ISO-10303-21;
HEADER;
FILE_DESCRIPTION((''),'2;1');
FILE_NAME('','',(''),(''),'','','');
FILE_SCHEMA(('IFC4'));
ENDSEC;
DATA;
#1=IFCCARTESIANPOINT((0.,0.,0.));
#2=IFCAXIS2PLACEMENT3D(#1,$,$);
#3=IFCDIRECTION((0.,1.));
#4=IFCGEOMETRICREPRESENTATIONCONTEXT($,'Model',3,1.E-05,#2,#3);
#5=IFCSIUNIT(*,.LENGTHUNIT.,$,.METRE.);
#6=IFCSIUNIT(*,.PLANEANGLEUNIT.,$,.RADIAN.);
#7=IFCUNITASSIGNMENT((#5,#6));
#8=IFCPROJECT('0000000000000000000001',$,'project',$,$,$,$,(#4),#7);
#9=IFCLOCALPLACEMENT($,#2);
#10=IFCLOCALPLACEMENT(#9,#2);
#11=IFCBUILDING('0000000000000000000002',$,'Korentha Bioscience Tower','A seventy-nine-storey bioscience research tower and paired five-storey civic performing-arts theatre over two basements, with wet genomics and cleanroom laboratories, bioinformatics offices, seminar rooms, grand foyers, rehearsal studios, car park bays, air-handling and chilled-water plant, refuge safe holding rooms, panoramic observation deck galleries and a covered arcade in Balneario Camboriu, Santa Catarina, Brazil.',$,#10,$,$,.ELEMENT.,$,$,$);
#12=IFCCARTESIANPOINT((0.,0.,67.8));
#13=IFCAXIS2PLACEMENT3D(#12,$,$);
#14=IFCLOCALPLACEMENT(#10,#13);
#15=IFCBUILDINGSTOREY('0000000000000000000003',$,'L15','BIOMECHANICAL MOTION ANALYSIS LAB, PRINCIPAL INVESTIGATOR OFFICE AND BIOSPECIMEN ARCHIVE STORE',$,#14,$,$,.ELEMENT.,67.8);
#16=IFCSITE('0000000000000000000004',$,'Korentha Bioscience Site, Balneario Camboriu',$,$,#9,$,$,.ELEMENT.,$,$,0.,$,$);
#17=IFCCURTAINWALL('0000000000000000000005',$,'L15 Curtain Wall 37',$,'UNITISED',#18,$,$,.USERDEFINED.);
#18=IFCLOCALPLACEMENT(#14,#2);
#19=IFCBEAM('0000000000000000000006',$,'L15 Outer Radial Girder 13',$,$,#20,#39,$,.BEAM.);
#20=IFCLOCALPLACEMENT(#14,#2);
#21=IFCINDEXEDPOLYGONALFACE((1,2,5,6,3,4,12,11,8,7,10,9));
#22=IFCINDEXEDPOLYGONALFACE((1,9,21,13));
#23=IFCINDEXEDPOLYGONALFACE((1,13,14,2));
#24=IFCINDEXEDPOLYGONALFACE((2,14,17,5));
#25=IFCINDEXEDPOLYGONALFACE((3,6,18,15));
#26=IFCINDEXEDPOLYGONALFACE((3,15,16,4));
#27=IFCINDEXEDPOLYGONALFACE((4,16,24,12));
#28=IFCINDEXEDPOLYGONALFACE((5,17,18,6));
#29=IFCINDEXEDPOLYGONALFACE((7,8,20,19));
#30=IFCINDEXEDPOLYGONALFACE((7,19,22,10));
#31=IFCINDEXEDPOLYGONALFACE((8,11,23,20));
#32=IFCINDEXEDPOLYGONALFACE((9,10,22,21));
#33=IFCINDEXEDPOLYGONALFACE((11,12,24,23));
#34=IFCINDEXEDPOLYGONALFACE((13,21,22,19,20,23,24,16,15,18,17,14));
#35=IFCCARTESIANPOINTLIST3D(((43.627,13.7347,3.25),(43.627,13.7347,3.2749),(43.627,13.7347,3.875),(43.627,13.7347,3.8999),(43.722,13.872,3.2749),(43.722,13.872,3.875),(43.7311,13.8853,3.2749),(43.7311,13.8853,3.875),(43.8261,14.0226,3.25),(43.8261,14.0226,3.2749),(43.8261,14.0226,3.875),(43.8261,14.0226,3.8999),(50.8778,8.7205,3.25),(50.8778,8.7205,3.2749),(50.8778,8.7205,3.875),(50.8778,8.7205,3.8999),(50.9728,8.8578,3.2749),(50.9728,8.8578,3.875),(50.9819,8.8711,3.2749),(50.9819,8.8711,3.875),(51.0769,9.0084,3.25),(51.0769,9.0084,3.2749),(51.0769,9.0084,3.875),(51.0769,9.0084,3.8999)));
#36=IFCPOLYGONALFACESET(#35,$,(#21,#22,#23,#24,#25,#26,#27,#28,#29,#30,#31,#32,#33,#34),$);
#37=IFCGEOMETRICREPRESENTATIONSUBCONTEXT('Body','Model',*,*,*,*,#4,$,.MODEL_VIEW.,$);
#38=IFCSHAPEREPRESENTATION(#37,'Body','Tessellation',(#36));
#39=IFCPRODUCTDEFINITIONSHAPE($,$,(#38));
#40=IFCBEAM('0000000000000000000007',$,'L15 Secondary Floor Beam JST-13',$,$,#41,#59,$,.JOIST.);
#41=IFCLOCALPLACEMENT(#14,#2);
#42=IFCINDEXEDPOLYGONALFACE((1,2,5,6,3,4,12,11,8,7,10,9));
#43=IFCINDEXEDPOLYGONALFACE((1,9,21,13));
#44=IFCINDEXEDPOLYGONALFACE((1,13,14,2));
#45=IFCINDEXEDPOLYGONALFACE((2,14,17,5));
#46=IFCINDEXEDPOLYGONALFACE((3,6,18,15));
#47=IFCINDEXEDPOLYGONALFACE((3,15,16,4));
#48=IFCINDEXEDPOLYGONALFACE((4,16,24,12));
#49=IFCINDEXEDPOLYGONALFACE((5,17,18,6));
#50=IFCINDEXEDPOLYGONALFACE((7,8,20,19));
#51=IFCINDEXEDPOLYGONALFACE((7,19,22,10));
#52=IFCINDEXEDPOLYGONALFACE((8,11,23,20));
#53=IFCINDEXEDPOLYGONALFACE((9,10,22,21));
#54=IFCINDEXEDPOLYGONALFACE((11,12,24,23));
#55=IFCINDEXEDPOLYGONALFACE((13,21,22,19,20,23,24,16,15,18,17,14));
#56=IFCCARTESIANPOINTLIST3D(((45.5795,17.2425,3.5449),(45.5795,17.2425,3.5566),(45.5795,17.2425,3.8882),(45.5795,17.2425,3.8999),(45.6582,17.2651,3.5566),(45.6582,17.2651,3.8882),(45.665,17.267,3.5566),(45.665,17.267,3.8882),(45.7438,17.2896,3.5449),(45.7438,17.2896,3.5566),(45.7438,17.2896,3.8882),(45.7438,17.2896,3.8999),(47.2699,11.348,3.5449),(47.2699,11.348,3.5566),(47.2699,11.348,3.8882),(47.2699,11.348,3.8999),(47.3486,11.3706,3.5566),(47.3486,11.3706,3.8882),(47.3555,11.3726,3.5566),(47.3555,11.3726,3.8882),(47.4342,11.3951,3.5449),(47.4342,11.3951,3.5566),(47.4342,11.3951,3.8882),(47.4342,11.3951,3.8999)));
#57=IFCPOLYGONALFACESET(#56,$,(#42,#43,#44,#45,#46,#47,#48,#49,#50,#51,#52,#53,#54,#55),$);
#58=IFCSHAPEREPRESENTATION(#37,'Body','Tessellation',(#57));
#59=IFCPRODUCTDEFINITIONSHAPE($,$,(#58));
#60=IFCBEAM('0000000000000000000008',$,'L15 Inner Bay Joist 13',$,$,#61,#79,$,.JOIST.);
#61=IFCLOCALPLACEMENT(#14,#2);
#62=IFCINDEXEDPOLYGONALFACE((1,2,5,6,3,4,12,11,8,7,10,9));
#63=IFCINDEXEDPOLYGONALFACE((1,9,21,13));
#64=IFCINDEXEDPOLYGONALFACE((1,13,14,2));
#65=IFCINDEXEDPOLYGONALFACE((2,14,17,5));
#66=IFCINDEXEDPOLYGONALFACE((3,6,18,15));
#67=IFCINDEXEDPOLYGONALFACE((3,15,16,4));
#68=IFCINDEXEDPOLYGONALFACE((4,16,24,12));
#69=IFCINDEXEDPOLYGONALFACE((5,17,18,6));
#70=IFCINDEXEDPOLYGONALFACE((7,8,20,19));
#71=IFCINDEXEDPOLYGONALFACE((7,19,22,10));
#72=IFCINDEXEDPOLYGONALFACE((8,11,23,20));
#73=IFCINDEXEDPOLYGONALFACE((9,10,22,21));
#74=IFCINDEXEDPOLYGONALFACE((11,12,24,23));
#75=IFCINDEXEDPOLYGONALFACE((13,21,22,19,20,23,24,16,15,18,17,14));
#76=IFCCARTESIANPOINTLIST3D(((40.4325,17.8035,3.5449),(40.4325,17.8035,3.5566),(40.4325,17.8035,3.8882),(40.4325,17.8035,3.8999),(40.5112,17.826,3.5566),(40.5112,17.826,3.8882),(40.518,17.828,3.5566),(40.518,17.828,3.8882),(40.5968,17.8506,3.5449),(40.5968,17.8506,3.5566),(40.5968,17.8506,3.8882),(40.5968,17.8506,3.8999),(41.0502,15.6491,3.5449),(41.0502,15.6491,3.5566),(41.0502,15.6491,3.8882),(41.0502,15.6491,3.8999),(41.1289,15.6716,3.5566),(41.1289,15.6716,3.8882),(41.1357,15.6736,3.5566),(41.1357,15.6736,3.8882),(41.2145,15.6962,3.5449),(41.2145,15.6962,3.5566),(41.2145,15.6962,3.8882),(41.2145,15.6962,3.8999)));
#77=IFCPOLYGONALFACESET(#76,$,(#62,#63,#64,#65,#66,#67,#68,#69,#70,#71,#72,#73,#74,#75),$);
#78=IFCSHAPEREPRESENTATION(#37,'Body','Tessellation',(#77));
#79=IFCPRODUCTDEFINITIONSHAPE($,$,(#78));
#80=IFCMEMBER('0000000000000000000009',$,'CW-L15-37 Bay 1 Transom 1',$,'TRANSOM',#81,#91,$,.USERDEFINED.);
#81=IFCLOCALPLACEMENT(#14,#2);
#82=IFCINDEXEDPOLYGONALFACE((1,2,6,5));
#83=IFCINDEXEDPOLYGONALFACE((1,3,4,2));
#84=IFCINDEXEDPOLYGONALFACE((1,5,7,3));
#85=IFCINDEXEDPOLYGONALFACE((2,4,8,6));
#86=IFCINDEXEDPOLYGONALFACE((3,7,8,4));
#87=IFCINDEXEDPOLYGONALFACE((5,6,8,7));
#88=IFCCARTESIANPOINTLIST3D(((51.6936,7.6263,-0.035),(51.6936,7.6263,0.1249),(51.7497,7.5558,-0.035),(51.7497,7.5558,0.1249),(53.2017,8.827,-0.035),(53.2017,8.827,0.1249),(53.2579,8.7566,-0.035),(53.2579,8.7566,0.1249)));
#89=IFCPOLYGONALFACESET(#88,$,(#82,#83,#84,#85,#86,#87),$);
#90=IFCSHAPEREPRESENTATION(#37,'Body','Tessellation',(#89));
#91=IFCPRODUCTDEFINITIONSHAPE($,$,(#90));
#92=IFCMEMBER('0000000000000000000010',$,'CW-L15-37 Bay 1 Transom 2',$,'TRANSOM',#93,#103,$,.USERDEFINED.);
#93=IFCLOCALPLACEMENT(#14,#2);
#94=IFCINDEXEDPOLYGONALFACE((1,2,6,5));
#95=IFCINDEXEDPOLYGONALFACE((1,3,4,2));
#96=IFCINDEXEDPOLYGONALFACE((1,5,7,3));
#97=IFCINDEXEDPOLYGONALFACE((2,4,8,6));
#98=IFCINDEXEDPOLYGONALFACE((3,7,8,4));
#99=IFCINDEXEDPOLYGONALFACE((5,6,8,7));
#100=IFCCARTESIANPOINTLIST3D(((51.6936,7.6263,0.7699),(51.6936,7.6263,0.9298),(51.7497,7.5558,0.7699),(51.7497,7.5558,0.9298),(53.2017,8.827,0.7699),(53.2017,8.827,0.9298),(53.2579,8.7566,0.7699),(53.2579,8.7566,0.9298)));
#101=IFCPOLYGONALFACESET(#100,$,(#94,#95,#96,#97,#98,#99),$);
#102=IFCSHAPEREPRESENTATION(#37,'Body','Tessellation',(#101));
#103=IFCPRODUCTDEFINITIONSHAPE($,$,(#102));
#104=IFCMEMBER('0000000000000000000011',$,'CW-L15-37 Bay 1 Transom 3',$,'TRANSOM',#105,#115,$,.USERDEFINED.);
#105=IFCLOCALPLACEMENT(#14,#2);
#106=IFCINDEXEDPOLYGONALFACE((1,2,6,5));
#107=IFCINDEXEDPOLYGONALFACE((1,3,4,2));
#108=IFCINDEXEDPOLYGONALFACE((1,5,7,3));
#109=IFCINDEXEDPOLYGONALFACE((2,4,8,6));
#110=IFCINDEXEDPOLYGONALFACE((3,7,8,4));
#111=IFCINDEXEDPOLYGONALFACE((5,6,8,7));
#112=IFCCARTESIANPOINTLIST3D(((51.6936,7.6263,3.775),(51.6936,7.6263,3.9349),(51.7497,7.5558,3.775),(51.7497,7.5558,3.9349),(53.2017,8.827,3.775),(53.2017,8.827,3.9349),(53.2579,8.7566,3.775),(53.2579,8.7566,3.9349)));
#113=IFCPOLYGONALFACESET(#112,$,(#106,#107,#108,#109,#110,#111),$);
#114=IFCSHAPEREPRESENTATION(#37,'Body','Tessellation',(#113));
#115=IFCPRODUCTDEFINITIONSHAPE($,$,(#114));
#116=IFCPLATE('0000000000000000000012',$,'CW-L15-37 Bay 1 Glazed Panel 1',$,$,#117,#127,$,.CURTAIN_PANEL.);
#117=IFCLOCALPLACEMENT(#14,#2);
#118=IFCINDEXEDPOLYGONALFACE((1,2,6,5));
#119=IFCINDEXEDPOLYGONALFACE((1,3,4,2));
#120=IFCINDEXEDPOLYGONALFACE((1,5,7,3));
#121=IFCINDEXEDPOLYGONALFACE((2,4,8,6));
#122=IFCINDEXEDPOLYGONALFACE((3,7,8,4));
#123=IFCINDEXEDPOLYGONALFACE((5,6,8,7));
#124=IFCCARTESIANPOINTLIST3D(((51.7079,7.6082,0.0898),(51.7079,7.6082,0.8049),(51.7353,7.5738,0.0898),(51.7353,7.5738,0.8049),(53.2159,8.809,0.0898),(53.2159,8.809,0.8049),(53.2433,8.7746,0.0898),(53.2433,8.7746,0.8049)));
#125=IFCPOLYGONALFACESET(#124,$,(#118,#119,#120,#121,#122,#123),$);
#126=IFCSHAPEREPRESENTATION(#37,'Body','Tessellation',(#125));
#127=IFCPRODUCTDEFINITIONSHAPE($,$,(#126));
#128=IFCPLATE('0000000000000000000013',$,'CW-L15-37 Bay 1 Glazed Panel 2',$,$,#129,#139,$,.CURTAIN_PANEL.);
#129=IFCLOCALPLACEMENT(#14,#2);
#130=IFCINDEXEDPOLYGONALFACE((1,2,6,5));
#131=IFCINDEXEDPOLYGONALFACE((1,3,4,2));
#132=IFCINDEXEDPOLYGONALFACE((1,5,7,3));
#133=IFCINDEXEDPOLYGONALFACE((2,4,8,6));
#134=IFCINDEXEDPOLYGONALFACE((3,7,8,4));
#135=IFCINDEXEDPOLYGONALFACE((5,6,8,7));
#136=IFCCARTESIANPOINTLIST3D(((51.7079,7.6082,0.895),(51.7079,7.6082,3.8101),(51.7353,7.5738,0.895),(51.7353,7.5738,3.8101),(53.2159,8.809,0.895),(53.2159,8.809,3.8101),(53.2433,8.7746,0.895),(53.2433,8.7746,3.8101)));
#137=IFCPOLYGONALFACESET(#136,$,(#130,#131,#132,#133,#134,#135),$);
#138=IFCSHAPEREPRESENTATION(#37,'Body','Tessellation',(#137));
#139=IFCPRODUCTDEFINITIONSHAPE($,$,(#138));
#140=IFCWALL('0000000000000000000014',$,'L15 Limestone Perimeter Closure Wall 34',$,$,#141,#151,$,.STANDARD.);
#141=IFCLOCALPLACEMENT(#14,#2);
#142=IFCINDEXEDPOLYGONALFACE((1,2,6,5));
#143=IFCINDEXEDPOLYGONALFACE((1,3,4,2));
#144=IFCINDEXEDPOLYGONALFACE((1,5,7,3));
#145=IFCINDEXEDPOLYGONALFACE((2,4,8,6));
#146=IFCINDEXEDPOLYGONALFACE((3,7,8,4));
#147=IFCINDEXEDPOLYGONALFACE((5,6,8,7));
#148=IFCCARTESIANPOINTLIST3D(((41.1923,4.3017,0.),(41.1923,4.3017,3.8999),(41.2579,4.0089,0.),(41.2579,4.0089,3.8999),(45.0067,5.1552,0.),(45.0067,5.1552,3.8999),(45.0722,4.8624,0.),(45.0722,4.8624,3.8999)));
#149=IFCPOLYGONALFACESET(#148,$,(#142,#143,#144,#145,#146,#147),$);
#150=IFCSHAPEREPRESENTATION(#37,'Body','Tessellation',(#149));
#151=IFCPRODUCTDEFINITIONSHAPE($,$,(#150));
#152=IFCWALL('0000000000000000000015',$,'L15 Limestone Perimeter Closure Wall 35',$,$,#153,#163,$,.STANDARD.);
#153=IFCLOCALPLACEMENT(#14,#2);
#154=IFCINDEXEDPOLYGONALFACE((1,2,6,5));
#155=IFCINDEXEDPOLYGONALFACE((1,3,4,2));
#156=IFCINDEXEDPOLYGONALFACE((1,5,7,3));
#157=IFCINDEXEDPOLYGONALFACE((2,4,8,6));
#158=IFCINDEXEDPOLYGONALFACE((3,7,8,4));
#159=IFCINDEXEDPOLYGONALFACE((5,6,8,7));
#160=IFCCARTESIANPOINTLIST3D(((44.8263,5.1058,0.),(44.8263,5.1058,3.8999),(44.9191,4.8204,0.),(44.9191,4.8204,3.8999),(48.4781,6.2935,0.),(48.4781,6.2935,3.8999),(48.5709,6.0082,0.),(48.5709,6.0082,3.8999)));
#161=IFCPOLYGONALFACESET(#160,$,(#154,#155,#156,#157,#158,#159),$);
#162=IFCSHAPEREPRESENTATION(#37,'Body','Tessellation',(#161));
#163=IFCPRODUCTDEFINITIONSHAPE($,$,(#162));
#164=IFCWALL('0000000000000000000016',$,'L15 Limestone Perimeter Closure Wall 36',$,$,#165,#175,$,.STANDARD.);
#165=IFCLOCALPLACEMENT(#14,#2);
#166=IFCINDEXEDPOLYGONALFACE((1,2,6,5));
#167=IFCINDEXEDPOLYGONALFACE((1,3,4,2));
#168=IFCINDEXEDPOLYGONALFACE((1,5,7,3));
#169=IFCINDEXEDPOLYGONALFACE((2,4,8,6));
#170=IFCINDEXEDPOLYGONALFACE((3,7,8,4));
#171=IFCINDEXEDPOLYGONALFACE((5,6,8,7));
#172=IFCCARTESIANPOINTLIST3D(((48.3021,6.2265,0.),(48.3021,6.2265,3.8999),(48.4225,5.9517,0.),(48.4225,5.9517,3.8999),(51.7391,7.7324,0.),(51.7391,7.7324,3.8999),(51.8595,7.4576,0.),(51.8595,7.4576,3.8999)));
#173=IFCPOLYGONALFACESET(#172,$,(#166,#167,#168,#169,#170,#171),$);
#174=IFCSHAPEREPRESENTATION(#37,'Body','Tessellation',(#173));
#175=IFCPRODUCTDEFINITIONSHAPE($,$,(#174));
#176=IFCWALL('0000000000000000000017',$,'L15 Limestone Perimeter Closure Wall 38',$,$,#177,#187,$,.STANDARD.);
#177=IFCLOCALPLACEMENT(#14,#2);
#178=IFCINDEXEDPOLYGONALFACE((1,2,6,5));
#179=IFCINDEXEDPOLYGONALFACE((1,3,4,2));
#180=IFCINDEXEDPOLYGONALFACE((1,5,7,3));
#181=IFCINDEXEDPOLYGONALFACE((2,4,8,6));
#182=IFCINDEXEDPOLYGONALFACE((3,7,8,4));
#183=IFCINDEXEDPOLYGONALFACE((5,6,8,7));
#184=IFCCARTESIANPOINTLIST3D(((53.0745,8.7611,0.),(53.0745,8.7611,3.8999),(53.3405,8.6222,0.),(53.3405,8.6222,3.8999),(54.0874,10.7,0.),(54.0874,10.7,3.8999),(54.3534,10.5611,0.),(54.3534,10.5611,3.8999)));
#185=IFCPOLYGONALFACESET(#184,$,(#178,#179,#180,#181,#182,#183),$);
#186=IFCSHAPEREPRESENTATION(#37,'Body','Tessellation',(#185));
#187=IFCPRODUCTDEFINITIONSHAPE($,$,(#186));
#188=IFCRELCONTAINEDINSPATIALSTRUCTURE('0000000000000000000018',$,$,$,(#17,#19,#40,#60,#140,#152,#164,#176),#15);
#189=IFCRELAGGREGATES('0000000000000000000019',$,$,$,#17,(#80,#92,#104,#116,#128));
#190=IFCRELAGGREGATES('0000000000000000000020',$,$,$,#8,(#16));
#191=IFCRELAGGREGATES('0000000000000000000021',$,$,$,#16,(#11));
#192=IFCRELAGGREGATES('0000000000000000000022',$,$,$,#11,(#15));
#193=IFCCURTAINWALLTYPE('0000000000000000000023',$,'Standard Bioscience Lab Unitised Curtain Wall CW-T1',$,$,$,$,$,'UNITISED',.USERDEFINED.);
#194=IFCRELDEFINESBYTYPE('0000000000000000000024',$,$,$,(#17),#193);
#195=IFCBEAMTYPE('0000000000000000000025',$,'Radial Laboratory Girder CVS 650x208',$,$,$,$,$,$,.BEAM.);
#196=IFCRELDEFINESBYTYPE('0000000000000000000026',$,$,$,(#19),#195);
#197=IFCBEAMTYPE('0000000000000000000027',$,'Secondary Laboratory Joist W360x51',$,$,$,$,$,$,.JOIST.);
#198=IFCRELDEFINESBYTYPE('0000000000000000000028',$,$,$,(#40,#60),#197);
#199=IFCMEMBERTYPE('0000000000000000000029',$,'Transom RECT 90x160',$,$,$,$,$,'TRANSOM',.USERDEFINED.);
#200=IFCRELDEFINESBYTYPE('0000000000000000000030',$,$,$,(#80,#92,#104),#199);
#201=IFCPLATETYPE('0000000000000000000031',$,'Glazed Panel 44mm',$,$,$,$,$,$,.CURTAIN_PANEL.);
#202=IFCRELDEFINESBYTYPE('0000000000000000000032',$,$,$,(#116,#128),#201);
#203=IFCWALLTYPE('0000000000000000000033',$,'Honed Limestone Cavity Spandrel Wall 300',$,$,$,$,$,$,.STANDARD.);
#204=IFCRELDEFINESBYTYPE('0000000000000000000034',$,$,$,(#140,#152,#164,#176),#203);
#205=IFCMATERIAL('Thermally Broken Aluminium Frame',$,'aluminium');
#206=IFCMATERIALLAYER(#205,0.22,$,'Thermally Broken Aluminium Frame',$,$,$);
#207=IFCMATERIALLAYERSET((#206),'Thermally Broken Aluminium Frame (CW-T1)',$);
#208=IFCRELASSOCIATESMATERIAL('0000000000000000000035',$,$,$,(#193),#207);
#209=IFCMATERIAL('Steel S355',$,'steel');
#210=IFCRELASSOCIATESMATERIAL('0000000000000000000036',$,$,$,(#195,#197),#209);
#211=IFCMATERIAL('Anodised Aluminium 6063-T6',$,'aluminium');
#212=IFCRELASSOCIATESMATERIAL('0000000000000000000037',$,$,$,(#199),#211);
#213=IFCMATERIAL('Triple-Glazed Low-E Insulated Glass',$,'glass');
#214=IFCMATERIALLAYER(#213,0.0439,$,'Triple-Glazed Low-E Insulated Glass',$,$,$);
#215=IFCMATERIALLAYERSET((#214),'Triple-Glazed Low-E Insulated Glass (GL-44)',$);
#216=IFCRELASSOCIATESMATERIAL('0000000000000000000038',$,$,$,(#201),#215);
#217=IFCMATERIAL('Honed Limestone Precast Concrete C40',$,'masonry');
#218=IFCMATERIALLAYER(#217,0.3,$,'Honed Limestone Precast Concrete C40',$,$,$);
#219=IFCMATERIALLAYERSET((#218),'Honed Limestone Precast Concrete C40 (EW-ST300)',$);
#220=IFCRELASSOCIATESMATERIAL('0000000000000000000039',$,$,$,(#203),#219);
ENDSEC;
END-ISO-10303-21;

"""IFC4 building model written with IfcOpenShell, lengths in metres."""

from ifc_helpers import new_model, si_unit, direction, frame, frame_2d, origin, origin_2d, place, context, subcontext, project, spatial, rectangle, i_section, extrude, material, layer, layer_set, material_profile, profile_set, type_object, element, aggregate, save


model = new_model("IFC4")

# Units and contexts
model_context = context("Model", 3, precision=1e-05, world=origin(), true_north=direction((0.0, 1.0)))
body_context = subcontext(model_context, "Body", "Model", "MODEL_VIEW")
ifc_project = project(units=[si_unit("LENGTHUNIT", "METRE"), si_unit("PLANEANGLEUNIT", "RADIAN")], contexts=[model_context])

# Site, building, storey
site_placement = place(None, origin())
site = spatial("IfcSite", under=ifc_project, at=site_placement, Name="Korentha Bioscience Site, Balneario Camboriu", CompositionType="ELEMENT", RefElevation=0.0)
building_placement = place(site_placement, origin())
building = spatial("IfcBuilding", under=site, at=building_placement, Name="Korentha Bioscience Tower", Description="A seventy-nine-storey bioscience research tower and paired five-storey civic performing-arts theatre over two basements, with wet genomics and cleanroom laboratories, bioinformatics offices, seminar rooms, grand foyers, rehearsal studios, car park bays, air-handling and chilled-water plant, refuge safe holding rooms, panoramic observation deck galleries and a covered arcade in Balneario Camboriu, Santa Catarina, Brazil.", CompositionType="ELEMENT")
storey_placement = place(building_placement, frame((0.0, 0.0, 67.8)))
storey = spatial("IfcBuildingStorey", under=building, at=storey_placement, Name="L15", Description="BIOMECHANICAL MOTION ANALYSIS LAB, PRINCIPAL INVESTIGATOR OFFICE AND BIOSPECIMEN ARCHIVE STORE", CompositionType="ELEMENT", Elevation=67.8)

# Shared definitions
ifc_material_1 = material(Name="Steel S355", Category="steel")

# Curtain wall
ifc_material_2 = material(Name="Thermally Broken Aluminium Frame", Category="aluminium")
ifc_layer_1 = layer(ifc_material_2, 0.22, Name="Thermally Broken Aluminium Frame")
ifc_layer_set_1 = layer_set([ifc_layer_1], Name="Thermally Broken Aluminium Frame (CW-T1)")
curtain_wall_type = type_object("IfcCurtainWallType", Name="Standard Bioscience Lab Unitised Curtain Wall CW-T1", ElementType="UNITISED", PredefinedType="USERDEFINED", material=ifc_layer_set_1)
curtain_wall_placement = place(storey_placement, origin())
curtain_wall = element("IfcCurtainWall", 1, at=curtain_wall_placement, inside=storey, type_object=curtain_wall_type, Name="L15 Curtain Wall 37", ObjectType="UNITISED", PredefinedType="USERDEFINED")
ifc_material_3 = material(Name="Anodised Aluminium 6063-T6", Category="aluminium")

# Beams
ifc_material_profile_1 = material_profile(ifc_material_1, i_section(OverallWidth=0.3501, OverallDepth=0.6499, WebThickness=0.0161, FlangeThickness=0.0249, at=origin_2d()), Name="Steel S355")
ifc_profile_set_1 = profile_set([ifc_material_profile_1], Name="Steel S355 (RB-650)")
beam_type_1 = type_object("IfcBeamType", Name="Radial Laboratory Girder CVS 650x208", PredefinedType="BEAM", material=ifc_profile_set_1)
beam_1_placement = place(storey_placement, frame((43.7266, 13.8787, 3.575), z_axis=(0.822488, -0.568782, 0.0), x_axis=(0.568782, 0.822488, 0.0)))
element("IfcBeam", 2, at=beam_1_placement, inside=storey, type_object=beam_type_1, Name="L15 Outer Radial Girder 13", PredefinedType="BEAM", context=body_context, shape_type="SweptSolid", body=[
    extrude(i_section(OverallWidth=0.3501, OverallDepth=0.6499, WebThickness=0.0161, FlangeThickness=0.0249, at=origin_2d()), origin(), (0.0, 0.0, 1.0), 8.8157),
])
ifc_material_profile_2 = material_profile(ifc_material_1, i_section(OverallWidth=0.1709, OverallDepth=0.355, WebThickness=0.0071, FlangeThickness=0.0117, at=origin_2d()), Name="Steel S355")
ifc_profile_set_2 = profile_set([ifc_material_profile_2], Name="Steel S355 (JB-360)")
beam_type_2 = type_object("IfcBeamType", Name="Secondary Laboratory Joist W360x51", PredefinedType="JOIST", material=ifc_profile_set_2)
beam_2_placement = place(storey_placement, frame((47.3521, 11.3716, 3.7224), z_axis=(-0.275668, 0.961253, 0.0), x_axis=(-0.961253, -0.275668, 0.0)))
element("IfcBeam", 3, at=beam_2_placement, inside=storey, type_object=beam_type_2, Name="L15 Secondary Floor Beam JST-13", PredefinedType="JOIST", context=body_context, shape_type="SweptSolid", body=[
    extrude(i_section(OverallWidth=0.1709, OverallDepth=0.355, WebThickness=0.0071, FlangeThickness=0.0117, at=origin_2d()), origin(), (0.0, 0.0, 1.0), 6.1321),
])
beam_3_placement = place(storey_placement, frame((41.1323, 15.6726, 3.7224), z_axis=(-0.275613, 0.961269, 0.0), x_axis=(-0.961269, -0.275613, 0.0)))
element("IfcBeam", 4, at=beam_3_placement, inside=storey, type_object=beam_type_2, Name="L15 Inner Bay Joist 13", PredefinedType="JOIST", context=body_context, shape_type="SweptSolid", body=[
    extrude(i_section(OverallWidth=0.1709, OverallDepth=0.355, WebThickness=0.0071, FlangeThickness=0.0117, at=origin_2d()), origin(), (0.0, 0.0, 1.0), 2.2412),
])

# Members
ifc_material_profile_3 = material_profile(ifc_material_3, rectangle(XDim=0.0901, YDim=0.1599, at=origin_2d()), Name="Anodised Aluminium 6063-T6")
ifc_profile_set_3 = profile_set([ifc_material_profile_3], Name="Anodised Aluminium 6063-T6 (CW-TRN)")
member_type_1 = type_object("IfcMemberType", Name="Transom RECT 90x160", ElementType="TRANSOM", PredefinedType="USERDEFINED", material=ifc_profile_set_3)
member_1_placement = place(storey_placement, frame((51.7217, 7.5911, 0.0449), z_axis=(0.782325, 0.622871, 0.0), x_axis=(-0.622871, 0.782325, 0.0)))
member_1 = element("IfcMember", 5, at=member_1_placement, type_object=member_type_1, Name="CW-L15-37 Bay 1 Transom 1", ObjectType="TRANSOM", PredefinedType="USERDEFINED", context=body_context, shape_type="SweptSolid", body=[
    extrude(rectangle(XDim=0.0901, YDim=0.1599, at=origin_2d()), origin(), (0.0, 0.0, 1.0), 1.9277),
])
member_2_placement = place(storey_placement, frame((51.7217, 7.5911, 0.8499), z_axis=(0.782325, 0.622871, 0.0), x_axis=(-0.622871, 0.782325, 0.0)))
member_2 = element("IfcMember", 6, at=member_2_placement, type_object=member_type_1, Name="CW-L15-37 Bay 1 Transom 2", ObjectType="TRANSOM", PredefinedType="USERDEFINED", context=body_context, shape_type="SweptSolid", body=[
    extrude(rectangle(XDim=0.0901, YDim=0.1599, at=origin_2d()), origin(), (0.0, 0.0, 1.0), 1.9277),
])
member_3_placement = place(storey_placement, frame((51.7217, 7.5911, 3.855), z_axis=(0.782325, 0.622871, 0.0), x_axis=(-0.622871, 0.782325, 0.0)))
member_3 = element("IfcMember", 7, at=member_3_placement, type_object=member_type_1, Name="CW-L15-37 Bay 1 Transom 3", ObjectType="TRANSOM", PredefinedType="USERDEFINED", context=body_context, shape_type="SweptSolid", body=[
    extrude(rectangle(XDim=0.0901, YDim=0.1599, at=origin_2d()), origin(), (0.0, 0.0, 1.0), 1.9277),
])

# Plates
ifc_material_4 = material(Name="Triple-Glazed Low-E Insulated Glass", Category="glass")
ifc_layer_2 = layer(ifc_material_4, 0.0439, Name="Triple-Glazed Low-E Insulated Glass")
ifc_layer_set_2 = layer_set([ifc_layer_2], Name="Triple-Glazed Low-E Insulated Glass (GL-44)")
plate_type = type_object("IfcPlateType", Name="Glazed Panel 44mm", PredefinedType="CURTAIN_PANEL", material=ifc_layer_set_2)
plate_1_placement = place(storey_placement, frame((52.4756, 8.1914, 0.0898), z_axis=(0.0, 0.0, 1.0), x_axis=(0.782288, 0.622917, 0.0)))
plate_1 = element("IfcPlate", 8, at=plate_1_placement, type_object=plate_type, Name="CW-L15-37 Bay 1 Glazed Panel 1", PredefinedType="CURTAIN_PANEL", context=body_context, shape_type="SweptSolid", body=[
    extrude(rectangle(XDim=1.9277, YDim=0.0439, at=origin_2d()), origin(), (0.0, 0.0, 1.0), 0.7151),
])
plate_2_placement = place(storey_placement, frame((52.4756, 8.1914, 0.895), z_axis=(0.0, 0.0, 1.0), x_axis=(0.782288, 0.622917, 0.0)))
plate_2 = element("IfcPlate", 9, at=plate_2_placement, type_object=plate_type, Name="CW-L15-37 Bay 1 Glazed Panel 2", PredefinedType="CURTAIN_PANEL", context=body_context, shape_type="SweptSolid", body=[
    extrude(rectangle(XDim=1.9277, YDim=0.0439, at=origin_2d()), origin(), (0.0, 0.0, 1.0), 2.915),
])
aggregate(curtain_wall, [member_1, member_2, member_3, plate_1, plate_2])

# Walls
ifc_material_5 = material(Name="Honed Limestone Precast Concrete C40", Category="masonry")
ifc_layer_3 = layer(ifc_material_5, 0.3, Name="Honed Limestone Precast Concrete C40")
ifc_layer_set_3 = layer_set([ifc_layer_3], Name="Honed Limestone Precast Concrete C40 (EW-ST300)")
wall_type = type_object("IfcWallType", Name="Honed Limestone Cavity Spandrel Wall 300", PredefinedType="STANDARD", material=ifc_layer_set_3)
wall_1_placement = place(storey_placement, frame((41.2251, 4.1553, 0.0), z_axis=(0.0, 0.0, 1.0), x_axis=(0.975869, 0.218359, 0.0)))
element("IfcWall", 10, at=wall_1_placement, inside=storey, type_object=wall_type, Name="L15 Limestone Perimeter Closure Wall 34", PredefinedType="STANDARD", context=body_context, shape_type="SweptSolid", body=[
    extrude(rectangle(XDim=3.9087, YDim=0.3, at=frame_2d((1.9543, 0.0))), origin(), (0.0, 0.0, 1.0), 3.8999),
])
wall_2_placement = place(storey_placement, frame((44.8728, 4.9631, 0.0), z_axis=(0.0, 0.0, 1.0), x_axis=(0.950966, 0.309296, 0.0)))
element("IfcWall", 11, at=wall_2_placement, inside=storey, type_object=wall_type, Name="L15 Limestone Perimeter Closure Wall 35", PredefinedType="STANDARD", context=body_context, shape_type="SweptSolid", body=[
    extrude(rectangle(XDim=3.8401, YDim=0.3, at=frame_2d((1.9199, 0.0))), origin(), (0.0, 0.0, 1.0), 3.8999),
])
wall_3_placement = place(storey_placement, frame((48.3623, 6.0891, 0.0), z_axis=(0.0, 0.0, 1.0), x_axis=(0.915945, 0.401303, 0.0)))
element("IfcWall", 12, at=wall_3_placement, inside=storey, type_object=wall_type, Name="L15 Limestone Perimeter Closure Wall 36", PredefinedType="STANDARD", context=body_context, shape_type="SweptSolid", body=[
    extrude(rectangle(XDim=3.7524, YDim=0.3, at=frame_2d((1.8762, 0.0))), origin(), (0.0, 0.0, 1.0), 3.8999),
])
wall_4_placement = place(storey_placement, frame((53.2075, 8.6917, 0.0), z_axis=(0.0, 0.0, 1.0), x_axis=(0.463035, 0.88634, 0.0)))
element("IfcWall", 13, at=wall_4_placement, inside=storey, type_object=wall_type, Name="L15 Limestone Perimeter Closure Wall 38", PredefinedType="STANDARD", context=body_context, shape_type="SweptSolid", body=[
    extrude(rectangle(XDim=2.1875, YDim=0.3, at=frame_2d((1.0938, 0.0))), origin(), (0.0, 0.0, 1.0), 3.8999),
])

save(model, "model.ifc")
